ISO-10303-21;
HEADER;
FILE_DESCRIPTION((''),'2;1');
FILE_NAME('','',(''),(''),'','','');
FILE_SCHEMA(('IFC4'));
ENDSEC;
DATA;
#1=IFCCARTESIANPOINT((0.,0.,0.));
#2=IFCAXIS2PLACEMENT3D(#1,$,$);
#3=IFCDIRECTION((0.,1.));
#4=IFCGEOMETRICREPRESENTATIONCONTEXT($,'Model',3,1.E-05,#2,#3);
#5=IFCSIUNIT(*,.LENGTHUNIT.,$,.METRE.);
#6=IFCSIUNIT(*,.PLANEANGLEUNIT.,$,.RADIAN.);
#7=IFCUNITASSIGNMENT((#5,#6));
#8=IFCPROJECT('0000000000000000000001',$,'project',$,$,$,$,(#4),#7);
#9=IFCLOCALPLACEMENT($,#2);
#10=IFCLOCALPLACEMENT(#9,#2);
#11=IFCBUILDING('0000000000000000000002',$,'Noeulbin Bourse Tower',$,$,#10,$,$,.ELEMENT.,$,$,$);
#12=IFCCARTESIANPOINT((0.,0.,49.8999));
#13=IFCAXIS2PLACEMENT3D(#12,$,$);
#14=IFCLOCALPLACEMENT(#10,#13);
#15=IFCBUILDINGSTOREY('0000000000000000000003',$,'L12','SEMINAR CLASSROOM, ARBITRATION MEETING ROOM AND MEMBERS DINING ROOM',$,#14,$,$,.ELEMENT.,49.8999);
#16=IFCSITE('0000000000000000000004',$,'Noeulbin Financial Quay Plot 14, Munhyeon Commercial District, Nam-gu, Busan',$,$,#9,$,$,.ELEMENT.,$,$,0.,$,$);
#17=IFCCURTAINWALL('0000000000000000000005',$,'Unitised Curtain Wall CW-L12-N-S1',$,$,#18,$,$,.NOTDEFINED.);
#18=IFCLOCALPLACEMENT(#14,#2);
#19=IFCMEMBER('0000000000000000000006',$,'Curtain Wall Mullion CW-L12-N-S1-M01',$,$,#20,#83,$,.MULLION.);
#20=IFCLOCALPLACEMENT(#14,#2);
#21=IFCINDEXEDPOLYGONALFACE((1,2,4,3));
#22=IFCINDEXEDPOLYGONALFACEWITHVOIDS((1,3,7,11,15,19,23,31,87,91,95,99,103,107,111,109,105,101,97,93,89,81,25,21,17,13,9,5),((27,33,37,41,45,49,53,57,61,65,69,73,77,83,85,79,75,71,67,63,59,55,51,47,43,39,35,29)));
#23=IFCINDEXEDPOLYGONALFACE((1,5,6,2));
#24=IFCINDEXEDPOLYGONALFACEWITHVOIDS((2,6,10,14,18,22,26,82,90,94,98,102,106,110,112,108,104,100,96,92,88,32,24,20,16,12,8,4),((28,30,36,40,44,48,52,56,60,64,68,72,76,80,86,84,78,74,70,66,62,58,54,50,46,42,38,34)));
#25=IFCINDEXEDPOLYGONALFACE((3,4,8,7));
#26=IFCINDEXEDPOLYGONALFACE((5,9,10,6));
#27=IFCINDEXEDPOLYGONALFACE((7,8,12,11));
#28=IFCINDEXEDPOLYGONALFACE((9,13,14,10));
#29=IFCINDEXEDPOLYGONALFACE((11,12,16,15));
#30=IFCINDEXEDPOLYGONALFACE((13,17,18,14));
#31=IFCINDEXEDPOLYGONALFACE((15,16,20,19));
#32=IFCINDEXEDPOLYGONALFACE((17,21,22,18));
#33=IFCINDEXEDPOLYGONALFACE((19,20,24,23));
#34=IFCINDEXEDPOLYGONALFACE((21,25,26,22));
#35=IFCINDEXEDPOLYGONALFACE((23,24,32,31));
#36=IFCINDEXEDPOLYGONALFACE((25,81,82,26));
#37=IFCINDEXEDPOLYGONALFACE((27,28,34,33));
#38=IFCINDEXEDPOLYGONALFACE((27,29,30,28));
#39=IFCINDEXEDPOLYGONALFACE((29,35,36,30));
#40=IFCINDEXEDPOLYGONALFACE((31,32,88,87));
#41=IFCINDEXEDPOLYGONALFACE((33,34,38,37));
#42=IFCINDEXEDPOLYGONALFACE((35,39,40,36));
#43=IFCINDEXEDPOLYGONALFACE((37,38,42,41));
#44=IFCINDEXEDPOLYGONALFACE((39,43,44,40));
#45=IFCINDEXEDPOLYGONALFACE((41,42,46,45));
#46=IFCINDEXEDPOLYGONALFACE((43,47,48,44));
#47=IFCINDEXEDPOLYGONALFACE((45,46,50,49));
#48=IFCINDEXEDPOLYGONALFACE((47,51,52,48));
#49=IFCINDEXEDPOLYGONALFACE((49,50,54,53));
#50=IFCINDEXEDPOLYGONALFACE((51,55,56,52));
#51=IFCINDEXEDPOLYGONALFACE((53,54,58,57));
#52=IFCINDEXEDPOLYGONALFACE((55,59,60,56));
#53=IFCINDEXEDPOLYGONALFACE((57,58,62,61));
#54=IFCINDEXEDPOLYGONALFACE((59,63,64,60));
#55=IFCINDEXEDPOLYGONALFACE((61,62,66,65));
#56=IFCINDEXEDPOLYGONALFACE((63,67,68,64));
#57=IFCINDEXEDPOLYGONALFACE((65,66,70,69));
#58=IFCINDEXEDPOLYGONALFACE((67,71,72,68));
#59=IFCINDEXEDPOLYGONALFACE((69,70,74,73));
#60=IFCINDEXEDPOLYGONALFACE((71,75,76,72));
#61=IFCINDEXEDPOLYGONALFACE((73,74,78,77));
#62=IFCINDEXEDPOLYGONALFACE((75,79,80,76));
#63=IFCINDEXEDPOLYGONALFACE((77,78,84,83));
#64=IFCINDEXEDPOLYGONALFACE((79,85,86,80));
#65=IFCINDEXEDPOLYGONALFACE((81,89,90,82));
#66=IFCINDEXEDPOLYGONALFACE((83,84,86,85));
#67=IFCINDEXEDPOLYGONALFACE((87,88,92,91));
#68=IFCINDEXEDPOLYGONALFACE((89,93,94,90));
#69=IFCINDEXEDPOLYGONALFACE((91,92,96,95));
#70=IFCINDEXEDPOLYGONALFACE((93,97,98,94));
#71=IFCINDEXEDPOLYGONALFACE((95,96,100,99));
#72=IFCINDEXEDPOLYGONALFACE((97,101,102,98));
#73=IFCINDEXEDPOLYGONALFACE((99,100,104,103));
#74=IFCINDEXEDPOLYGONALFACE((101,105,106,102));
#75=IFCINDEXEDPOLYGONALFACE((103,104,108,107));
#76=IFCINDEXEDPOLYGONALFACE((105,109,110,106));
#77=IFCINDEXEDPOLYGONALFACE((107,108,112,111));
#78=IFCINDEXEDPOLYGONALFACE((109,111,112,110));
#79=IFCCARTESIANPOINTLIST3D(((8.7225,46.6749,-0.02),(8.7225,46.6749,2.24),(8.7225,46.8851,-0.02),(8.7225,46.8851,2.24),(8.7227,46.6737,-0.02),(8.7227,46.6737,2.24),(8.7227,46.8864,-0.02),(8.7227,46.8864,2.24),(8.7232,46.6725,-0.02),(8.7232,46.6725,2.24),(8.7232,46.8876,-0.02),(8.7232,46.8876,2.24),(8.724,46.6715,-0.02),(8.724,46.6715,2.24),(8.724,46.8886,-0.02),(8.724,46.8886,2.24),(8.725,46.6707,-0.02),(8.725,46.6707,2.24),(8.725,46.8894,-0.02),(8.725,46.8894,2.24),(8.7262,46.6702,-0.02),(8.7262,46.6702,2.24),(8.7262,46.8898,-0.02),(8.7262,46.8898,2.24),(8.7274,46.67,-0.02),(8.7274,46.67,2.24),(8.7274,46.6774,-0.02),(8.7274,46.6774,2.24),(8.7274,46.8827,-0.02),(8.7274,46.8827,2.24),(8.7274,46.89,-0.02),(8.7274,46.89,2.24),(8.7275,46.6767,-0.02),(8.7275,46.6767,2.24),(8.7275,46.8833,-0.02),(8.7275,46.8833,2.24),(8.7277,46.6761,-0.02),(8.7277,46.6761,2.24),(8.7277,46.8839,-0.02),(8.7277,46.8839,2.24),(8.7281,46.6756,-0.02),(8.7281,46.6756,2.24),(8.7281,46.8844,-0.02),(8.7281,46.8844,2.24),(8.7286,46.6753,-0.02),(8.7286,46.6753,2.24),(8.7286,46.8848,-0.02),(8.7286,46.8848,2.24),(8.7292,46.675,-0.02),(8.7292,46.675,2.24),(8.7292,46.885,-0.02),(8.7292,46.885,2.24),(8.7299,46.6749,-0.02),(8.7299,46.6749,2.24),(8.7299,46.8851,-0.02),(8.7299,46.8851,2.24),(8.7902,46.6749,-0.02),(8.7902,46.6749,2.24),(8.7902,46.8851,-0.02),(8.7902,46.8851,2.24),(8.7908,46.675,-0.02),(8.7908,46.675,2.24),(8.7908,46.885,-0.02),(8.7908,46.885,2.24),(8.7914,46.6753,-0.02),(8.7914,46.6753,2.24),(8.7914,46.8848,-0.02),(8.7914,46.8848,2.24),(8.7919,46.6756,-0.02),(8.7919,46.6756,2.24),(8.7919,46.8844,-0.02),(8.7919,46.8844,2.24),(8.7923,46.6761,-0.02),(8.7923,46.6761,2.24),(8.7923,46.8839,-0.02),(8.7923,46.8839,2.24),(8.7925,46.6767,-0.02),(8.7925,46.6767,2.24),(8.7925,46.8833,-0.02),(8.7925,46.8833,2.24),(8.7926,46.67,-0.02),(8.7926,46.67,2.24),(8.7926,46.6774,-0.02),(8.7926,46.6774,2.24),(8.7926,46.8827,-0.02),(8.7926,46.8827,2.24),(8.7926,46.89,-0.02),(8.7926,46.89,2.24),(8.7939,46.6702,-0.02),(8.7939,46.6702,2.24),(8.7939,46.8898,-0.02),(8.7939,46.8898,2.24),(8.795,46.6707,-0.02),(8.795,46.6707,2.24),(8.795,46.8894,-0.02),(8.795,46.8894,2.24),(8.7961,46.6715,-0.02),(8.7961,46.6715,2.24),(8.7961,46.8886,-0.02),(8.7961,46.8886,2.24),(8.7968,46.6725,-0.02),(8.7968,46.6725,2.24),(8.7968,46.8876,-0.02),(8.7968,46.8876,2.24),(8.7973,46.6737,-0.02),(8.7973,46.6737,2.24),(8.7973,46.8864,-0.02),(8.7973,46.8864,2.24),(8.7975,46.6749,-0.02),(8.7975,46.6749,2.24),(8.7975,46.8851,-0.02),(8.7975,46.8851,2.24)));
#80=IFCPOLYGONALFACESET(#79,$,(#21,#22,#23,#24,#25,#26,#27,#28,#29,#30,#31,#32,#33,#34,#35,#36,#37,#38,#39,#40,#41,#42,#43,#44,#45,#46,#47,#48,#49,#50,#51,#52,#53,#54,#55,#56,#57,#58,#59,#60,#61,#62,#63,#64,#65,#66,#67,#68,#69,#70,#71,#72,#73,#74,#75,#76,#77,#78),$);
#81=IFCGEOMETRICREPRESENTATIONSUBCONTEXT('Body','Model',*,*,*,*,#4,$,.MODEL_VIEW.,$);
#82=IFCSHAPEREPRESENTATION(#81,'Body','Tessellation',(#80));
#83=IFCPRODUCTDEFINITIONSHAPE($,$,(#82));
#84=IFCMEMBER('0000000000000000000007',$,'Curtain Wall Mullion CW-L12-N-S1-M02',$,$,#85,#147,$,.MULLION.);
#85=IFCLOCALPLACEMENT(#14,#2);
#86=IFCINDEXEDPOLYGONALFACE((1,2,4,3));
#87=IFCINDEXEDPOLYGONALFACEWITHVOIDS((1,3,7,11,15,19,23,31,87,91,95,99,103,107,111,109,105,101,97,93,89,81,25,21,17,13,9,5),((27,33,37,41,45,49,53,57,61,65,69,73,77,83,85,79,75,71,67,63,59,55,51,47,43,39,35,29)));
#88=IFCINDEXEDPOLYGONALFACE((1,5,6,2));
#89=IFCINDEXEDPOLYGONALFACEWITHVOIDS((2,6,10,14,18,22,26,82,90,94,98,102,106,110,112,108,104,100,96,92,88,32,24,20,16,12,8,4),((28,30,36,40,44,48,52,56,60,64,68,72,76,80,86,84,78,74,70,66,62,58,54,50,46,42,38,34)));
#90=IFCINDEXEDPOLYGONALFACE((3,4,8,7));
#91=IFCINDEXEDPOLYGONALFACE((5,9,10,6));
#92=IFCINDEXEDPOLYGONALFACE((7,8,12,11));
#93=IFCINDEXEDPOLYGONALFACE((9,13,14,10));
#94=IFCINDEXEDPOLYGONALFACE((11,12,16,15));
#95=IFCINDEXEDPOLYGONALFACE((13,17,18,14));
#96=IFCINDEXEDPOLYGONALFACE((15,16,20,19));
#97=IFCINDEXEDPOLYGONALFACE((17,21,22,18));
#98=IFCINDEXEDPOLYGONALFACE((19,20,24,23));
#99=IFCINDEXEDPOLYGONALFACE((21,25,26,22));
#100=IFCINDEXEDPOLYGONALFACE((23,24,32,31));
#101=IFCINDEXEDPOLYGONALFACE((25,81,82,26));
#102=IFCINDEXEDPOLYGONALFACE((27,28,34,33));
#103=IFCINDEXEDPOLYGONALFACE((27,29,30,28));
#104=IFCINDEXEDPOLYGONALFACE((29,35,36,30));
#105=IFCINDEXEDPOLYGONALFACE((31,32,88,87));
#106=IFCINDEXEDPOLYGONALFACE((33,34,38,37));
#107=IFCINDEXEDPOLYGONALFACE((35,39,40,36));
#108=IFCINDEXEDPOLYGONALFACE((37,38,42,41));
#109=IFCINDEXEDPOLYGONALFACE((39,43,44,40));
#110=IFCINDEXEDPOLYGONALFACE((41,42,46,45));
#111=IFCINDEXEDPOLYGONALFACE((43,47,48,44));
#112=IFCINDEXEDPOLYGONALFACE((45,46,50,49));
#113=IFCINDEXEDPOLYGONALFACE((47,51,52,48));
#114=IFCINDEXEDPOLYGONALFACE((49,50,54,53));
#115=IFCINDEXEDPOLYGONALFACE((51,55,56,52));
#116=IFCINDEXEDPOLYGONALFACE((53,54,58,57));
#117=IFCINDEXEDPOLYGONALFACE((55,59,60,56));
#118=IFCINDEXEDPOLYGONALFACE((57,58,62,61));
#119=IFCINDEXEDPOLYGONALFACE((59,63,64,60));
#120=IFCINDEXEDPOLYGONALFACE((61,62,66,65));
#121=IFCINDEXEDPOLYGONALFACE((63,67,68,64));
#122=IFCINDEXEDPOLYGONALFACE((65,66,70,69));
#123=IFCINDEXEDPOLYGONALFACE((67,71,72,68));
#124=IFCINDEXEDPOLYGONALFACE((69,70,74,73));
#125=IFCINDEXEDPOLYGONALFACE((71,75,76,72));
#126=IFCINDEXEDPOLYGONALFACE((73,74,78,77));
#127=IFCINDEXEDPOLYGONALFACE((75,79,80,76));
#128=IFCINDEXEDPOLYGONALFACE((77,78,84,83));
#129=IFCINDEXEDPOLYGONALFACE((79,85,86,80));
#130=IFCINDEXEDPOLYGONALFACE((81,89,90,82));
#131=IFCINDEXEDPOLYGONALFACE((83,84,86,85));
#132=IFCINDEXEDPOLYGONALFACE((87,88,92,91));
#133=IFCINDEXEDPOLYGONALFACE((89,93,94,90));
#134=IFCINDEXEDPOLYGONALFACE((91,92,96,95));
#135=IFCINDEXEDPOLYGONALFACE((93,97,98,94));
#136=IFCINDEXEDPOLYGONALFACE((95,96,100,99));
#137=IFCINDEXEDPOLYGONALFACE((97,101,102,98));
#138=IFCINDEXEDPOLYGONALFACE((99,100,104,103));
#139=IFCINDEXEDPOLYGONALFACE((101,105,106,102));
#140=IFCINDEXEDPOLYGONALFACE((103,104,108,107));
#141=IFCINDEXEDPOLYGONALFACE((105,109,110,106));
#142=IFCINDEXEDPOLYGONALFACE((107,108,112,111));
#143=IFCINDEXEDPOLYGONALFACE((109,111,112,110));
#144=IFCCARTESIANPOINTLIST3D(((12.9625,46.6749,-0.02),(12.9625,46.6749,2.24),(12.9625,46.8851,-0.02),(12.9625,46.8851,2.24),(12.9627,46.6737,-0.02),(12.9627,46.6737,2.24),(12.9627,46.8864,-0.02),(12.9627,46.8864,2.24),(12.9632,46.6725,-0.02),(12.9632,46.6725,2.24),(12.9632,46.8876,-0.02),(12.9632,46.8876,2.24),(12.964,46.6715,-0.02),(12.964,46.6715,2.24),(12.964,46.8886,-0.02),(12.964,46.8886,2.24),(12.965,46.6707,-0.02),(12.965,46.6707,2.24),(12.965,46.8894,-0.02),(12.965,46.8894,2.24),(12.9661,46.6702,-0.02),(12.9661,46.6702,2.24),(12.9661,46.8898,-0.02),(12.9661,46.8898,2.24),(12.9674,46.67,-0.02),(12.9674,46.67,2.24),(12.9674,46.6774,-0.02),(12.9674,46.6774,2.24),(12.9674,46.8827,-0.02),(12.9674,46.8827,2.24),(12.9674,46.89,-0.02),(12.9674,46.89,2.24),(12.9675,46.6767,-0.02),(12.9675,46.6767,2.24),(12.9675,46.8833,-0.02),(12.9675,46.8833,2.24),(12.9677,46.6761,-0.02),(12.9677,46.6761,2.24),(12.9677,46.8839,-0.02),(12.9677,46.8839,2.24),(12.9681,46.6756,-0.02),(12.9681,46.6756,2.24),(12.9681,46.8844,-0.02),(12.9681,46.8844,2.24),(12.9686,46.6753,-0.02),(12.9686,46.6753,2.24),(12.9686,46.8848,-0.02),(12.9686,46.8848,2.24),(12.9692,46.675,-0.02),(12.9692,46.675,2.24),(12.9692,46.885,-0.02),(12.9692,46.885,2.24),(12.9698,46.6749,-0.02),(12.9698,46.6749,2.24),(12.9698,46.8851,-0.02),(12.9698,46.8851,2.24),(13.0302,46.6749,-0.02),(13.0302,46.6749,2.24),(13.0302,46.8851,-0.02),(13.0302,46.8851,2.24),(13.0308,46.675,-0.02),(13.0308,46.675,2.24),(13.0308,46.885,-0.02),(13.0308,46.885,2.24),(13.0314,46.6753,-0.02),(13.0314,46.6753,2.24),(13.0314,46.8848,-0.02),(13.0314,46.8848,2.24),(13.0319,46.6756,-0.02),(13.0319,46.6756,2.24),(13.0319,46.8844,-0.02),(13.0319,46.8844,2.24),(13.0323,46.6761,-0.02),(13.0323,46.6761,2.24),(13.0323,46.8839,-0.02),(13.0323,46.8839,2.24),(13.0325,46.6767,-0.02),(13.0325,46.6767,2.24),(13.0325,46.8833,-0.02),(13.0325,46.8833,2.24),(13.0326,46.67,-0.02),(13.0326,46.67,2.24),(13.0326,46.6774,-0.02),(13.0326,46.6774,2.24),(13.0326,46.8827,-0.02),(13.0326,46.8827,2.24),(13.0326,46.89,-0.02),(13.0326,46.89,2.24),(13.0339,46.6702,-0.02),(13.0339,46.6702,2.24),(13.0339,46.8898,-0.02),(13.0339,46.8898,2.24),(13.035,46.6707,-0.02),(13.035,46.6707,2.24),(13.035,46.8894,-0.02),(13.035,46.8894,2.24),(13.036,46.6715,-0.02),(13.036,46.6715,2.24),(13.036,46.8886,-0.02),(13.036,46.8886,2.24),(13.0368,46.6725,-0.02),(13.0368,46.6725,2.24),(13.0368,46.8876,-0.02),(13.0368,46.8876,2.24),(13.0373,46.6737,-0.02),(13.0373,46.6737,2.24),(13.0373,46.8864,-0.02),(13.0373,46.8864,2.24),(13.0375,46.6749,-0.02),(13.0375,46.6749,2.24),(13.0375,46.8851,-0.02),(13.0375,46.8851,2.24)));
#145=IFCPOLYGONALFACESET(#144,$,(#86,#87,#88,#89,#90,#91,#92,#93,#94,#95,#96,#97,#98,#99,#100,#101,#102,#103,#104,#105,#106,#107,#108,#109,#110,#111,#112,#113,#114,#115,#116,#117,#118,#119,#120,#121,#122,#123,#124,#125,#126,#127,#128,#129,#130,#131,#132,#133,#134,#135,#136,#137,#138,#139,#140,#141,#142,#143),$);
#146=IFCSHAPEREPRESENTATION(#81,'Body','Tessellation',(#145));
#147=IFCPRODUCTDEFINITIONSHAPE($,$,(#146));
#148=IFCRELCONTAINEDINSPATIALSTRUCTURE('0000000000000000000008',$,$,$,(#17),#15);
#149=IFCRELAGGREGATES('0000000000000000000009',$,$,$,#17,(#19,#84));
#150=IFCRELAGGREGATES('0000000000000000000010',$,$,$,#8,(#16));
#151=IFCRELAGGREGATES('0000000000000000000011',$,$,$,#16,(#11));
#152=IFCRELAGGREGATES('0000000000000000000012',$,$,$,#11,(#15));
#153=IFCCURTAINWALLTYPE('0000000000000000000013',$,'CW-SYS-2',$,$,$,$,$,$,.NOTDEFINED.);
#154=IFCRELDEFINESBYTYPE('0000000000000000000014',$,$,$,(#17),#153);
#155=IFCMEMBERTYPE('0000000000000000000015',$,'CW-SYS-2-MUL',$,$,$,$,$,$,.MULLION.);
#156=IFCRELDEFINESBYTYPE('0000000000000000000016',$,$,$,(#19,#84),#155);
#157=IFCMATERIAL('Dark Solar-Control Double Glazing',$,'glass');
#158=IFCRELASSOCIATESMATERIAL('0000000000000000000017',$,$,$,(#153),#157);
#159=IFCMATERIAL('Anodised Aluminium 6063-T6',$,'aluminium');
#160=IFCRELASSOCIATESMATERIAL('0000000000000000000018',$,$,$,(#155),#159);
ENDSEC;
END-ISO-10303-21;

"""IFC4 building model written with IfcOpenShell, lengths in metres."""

from ifc_helpers import new_model, si_unit, direction, frame, origin, origin_2d, place, context, subcontext, project, spatial, hollow_rectangle, extrude, material, material_profile, profile_set, type_object, element, aggregate, save


model = new_model("IFC4")

# Units and contexts
model_context = context("Model", 3, precision=1e-05, world=origin(), true_north=direction((0.0, 1.0)))
body_context = subcontext(model_context, "Body", "Model", "MODEL_VIEW")
ifc_project = project(units=[si_unit("LENGTHUNIT", "METRE"), si_unit("PLANEANGLEUNIT", "RADIAN")], contexts=[model_context])

# Site, building, storey
site_placement = place(None, origin())
site = spatial("IfcSite", under=ifc_project, at=site_placement, Name="Noeulbin Financial Quay Plot 14, Munhyeon Commercial District, Nam-gu, Busan", CompositionType="ELEMENT", RefElevation=0.0)
building_placement = place(site_placement, origin())
building = spatial("IfcBuilding", under=site, at=building_placement, Name="Noeulbin Bourse Tower", CompositionType="ELEMENT")
storey_placement = place(building_placement, frame((0.0, 0.0, 49.8999)))
storey = spatial("IfcBuildingStorey", under=building, at=storey_placement, Name="L12", Description="SEMINAR CLASSROOM, ARBITRATION MEETING ROOM AND MEMBERS DINING ROOM", CompositionType="ELEMENT", Elevation=49.8999)

# Curtain wall, members
ifc_material_1 = material(Name="Dark Solar-Control Double Glazing", Category="glass")
curtain_wall_type = type_object("IfcCurtainWallType", Name="CW-SYS-2", PredefinedType="NOTDEFINED", material=ifc_material_1)
curtain_wall_1_placement = place(storey_placement, origin())
curtain_wall_1 = element("IfcCurtainWall", 1, at=curtain_wall_1_placement, inside=storey, type_object=curtain_wall_type, Name="Unitised Curtain Wall CW-L12-N-S1", PredefinedType="NOTDEFINED")
ifc_material_2 = material(Name="Anodised Aluminium 6063-T6", Category="aluminium")
ifc_material_profile_1 = material_profile(ifc_material_2, hollow_rectangle(XDim=0.075, YDim=0.22, WallThickness=0.0049, InnerFilletRadius=0.0024, OuterFilletRadius=0.0049, at=origin_2d()), Name="ALU-MULL-75x220x5", Category="LoadBearing")
ifc_profile_set_1 = profile_set([ifc_material_profile_1], Name="Anodised Aluminium 6063-T6")
member_type_1 = type_object("IfcMemberType", Name="CW-SYS-2-MUL", PredefinedType="MULLION", material=ifc_profile_set_1)
member_1_placement = place(storey_placement, frame((8.76, 46.78, -0.02), z_axis=(0.0, 0.0, 1.0), x_axis=(1.0, 0.0, 0.0)))
member_1 = element("IfcMember", 2, at=member_1_placement, type_object=member_type_1, Name="Curtain Wall Mullion CW-L12-N-S1-M01", PredefinedType="MULLION", context=body_context, shape_type="SweptSolid", body=[
    extrude(hollow_rectangle(XDim=0.075, YDim=0.22, WallThickness=0.0049, InnerFilletRadius=0.0024, OuterFilletRadius=0.0049, at=origin_2d()), origin(), (0.0, 0.0, 1.0), 2.26),
])
member_2_placement = place(storey_placement, frame((13.0, 46.78, -0.02), z_axis=(0.0, 0.0, 1.0), x_axis=(1.0, 0.0, 0.0)))
member_2 = element("IfcMember", 3, at=member_2_placement, type_object=member_type_1, Name="Curtain Wall Mullion CW-L12-N-S1-M02", PredefinedType="MULLION", context=body_context, shape_type="SweptSolid", body=[
    extrude(hollow_rectangle(XDim=0.075, YDim=0.22, WallThickness=0.0049, InnerFilletRadius=0.0024, OuterFilletRadius=0.0049, at=origin_2d()), origin(), (0.0, 0.0, 1.0), 2.26),
])

aggregate(curtain_wall_1, [member_1, member_2])

save(model, "model.ifc")
